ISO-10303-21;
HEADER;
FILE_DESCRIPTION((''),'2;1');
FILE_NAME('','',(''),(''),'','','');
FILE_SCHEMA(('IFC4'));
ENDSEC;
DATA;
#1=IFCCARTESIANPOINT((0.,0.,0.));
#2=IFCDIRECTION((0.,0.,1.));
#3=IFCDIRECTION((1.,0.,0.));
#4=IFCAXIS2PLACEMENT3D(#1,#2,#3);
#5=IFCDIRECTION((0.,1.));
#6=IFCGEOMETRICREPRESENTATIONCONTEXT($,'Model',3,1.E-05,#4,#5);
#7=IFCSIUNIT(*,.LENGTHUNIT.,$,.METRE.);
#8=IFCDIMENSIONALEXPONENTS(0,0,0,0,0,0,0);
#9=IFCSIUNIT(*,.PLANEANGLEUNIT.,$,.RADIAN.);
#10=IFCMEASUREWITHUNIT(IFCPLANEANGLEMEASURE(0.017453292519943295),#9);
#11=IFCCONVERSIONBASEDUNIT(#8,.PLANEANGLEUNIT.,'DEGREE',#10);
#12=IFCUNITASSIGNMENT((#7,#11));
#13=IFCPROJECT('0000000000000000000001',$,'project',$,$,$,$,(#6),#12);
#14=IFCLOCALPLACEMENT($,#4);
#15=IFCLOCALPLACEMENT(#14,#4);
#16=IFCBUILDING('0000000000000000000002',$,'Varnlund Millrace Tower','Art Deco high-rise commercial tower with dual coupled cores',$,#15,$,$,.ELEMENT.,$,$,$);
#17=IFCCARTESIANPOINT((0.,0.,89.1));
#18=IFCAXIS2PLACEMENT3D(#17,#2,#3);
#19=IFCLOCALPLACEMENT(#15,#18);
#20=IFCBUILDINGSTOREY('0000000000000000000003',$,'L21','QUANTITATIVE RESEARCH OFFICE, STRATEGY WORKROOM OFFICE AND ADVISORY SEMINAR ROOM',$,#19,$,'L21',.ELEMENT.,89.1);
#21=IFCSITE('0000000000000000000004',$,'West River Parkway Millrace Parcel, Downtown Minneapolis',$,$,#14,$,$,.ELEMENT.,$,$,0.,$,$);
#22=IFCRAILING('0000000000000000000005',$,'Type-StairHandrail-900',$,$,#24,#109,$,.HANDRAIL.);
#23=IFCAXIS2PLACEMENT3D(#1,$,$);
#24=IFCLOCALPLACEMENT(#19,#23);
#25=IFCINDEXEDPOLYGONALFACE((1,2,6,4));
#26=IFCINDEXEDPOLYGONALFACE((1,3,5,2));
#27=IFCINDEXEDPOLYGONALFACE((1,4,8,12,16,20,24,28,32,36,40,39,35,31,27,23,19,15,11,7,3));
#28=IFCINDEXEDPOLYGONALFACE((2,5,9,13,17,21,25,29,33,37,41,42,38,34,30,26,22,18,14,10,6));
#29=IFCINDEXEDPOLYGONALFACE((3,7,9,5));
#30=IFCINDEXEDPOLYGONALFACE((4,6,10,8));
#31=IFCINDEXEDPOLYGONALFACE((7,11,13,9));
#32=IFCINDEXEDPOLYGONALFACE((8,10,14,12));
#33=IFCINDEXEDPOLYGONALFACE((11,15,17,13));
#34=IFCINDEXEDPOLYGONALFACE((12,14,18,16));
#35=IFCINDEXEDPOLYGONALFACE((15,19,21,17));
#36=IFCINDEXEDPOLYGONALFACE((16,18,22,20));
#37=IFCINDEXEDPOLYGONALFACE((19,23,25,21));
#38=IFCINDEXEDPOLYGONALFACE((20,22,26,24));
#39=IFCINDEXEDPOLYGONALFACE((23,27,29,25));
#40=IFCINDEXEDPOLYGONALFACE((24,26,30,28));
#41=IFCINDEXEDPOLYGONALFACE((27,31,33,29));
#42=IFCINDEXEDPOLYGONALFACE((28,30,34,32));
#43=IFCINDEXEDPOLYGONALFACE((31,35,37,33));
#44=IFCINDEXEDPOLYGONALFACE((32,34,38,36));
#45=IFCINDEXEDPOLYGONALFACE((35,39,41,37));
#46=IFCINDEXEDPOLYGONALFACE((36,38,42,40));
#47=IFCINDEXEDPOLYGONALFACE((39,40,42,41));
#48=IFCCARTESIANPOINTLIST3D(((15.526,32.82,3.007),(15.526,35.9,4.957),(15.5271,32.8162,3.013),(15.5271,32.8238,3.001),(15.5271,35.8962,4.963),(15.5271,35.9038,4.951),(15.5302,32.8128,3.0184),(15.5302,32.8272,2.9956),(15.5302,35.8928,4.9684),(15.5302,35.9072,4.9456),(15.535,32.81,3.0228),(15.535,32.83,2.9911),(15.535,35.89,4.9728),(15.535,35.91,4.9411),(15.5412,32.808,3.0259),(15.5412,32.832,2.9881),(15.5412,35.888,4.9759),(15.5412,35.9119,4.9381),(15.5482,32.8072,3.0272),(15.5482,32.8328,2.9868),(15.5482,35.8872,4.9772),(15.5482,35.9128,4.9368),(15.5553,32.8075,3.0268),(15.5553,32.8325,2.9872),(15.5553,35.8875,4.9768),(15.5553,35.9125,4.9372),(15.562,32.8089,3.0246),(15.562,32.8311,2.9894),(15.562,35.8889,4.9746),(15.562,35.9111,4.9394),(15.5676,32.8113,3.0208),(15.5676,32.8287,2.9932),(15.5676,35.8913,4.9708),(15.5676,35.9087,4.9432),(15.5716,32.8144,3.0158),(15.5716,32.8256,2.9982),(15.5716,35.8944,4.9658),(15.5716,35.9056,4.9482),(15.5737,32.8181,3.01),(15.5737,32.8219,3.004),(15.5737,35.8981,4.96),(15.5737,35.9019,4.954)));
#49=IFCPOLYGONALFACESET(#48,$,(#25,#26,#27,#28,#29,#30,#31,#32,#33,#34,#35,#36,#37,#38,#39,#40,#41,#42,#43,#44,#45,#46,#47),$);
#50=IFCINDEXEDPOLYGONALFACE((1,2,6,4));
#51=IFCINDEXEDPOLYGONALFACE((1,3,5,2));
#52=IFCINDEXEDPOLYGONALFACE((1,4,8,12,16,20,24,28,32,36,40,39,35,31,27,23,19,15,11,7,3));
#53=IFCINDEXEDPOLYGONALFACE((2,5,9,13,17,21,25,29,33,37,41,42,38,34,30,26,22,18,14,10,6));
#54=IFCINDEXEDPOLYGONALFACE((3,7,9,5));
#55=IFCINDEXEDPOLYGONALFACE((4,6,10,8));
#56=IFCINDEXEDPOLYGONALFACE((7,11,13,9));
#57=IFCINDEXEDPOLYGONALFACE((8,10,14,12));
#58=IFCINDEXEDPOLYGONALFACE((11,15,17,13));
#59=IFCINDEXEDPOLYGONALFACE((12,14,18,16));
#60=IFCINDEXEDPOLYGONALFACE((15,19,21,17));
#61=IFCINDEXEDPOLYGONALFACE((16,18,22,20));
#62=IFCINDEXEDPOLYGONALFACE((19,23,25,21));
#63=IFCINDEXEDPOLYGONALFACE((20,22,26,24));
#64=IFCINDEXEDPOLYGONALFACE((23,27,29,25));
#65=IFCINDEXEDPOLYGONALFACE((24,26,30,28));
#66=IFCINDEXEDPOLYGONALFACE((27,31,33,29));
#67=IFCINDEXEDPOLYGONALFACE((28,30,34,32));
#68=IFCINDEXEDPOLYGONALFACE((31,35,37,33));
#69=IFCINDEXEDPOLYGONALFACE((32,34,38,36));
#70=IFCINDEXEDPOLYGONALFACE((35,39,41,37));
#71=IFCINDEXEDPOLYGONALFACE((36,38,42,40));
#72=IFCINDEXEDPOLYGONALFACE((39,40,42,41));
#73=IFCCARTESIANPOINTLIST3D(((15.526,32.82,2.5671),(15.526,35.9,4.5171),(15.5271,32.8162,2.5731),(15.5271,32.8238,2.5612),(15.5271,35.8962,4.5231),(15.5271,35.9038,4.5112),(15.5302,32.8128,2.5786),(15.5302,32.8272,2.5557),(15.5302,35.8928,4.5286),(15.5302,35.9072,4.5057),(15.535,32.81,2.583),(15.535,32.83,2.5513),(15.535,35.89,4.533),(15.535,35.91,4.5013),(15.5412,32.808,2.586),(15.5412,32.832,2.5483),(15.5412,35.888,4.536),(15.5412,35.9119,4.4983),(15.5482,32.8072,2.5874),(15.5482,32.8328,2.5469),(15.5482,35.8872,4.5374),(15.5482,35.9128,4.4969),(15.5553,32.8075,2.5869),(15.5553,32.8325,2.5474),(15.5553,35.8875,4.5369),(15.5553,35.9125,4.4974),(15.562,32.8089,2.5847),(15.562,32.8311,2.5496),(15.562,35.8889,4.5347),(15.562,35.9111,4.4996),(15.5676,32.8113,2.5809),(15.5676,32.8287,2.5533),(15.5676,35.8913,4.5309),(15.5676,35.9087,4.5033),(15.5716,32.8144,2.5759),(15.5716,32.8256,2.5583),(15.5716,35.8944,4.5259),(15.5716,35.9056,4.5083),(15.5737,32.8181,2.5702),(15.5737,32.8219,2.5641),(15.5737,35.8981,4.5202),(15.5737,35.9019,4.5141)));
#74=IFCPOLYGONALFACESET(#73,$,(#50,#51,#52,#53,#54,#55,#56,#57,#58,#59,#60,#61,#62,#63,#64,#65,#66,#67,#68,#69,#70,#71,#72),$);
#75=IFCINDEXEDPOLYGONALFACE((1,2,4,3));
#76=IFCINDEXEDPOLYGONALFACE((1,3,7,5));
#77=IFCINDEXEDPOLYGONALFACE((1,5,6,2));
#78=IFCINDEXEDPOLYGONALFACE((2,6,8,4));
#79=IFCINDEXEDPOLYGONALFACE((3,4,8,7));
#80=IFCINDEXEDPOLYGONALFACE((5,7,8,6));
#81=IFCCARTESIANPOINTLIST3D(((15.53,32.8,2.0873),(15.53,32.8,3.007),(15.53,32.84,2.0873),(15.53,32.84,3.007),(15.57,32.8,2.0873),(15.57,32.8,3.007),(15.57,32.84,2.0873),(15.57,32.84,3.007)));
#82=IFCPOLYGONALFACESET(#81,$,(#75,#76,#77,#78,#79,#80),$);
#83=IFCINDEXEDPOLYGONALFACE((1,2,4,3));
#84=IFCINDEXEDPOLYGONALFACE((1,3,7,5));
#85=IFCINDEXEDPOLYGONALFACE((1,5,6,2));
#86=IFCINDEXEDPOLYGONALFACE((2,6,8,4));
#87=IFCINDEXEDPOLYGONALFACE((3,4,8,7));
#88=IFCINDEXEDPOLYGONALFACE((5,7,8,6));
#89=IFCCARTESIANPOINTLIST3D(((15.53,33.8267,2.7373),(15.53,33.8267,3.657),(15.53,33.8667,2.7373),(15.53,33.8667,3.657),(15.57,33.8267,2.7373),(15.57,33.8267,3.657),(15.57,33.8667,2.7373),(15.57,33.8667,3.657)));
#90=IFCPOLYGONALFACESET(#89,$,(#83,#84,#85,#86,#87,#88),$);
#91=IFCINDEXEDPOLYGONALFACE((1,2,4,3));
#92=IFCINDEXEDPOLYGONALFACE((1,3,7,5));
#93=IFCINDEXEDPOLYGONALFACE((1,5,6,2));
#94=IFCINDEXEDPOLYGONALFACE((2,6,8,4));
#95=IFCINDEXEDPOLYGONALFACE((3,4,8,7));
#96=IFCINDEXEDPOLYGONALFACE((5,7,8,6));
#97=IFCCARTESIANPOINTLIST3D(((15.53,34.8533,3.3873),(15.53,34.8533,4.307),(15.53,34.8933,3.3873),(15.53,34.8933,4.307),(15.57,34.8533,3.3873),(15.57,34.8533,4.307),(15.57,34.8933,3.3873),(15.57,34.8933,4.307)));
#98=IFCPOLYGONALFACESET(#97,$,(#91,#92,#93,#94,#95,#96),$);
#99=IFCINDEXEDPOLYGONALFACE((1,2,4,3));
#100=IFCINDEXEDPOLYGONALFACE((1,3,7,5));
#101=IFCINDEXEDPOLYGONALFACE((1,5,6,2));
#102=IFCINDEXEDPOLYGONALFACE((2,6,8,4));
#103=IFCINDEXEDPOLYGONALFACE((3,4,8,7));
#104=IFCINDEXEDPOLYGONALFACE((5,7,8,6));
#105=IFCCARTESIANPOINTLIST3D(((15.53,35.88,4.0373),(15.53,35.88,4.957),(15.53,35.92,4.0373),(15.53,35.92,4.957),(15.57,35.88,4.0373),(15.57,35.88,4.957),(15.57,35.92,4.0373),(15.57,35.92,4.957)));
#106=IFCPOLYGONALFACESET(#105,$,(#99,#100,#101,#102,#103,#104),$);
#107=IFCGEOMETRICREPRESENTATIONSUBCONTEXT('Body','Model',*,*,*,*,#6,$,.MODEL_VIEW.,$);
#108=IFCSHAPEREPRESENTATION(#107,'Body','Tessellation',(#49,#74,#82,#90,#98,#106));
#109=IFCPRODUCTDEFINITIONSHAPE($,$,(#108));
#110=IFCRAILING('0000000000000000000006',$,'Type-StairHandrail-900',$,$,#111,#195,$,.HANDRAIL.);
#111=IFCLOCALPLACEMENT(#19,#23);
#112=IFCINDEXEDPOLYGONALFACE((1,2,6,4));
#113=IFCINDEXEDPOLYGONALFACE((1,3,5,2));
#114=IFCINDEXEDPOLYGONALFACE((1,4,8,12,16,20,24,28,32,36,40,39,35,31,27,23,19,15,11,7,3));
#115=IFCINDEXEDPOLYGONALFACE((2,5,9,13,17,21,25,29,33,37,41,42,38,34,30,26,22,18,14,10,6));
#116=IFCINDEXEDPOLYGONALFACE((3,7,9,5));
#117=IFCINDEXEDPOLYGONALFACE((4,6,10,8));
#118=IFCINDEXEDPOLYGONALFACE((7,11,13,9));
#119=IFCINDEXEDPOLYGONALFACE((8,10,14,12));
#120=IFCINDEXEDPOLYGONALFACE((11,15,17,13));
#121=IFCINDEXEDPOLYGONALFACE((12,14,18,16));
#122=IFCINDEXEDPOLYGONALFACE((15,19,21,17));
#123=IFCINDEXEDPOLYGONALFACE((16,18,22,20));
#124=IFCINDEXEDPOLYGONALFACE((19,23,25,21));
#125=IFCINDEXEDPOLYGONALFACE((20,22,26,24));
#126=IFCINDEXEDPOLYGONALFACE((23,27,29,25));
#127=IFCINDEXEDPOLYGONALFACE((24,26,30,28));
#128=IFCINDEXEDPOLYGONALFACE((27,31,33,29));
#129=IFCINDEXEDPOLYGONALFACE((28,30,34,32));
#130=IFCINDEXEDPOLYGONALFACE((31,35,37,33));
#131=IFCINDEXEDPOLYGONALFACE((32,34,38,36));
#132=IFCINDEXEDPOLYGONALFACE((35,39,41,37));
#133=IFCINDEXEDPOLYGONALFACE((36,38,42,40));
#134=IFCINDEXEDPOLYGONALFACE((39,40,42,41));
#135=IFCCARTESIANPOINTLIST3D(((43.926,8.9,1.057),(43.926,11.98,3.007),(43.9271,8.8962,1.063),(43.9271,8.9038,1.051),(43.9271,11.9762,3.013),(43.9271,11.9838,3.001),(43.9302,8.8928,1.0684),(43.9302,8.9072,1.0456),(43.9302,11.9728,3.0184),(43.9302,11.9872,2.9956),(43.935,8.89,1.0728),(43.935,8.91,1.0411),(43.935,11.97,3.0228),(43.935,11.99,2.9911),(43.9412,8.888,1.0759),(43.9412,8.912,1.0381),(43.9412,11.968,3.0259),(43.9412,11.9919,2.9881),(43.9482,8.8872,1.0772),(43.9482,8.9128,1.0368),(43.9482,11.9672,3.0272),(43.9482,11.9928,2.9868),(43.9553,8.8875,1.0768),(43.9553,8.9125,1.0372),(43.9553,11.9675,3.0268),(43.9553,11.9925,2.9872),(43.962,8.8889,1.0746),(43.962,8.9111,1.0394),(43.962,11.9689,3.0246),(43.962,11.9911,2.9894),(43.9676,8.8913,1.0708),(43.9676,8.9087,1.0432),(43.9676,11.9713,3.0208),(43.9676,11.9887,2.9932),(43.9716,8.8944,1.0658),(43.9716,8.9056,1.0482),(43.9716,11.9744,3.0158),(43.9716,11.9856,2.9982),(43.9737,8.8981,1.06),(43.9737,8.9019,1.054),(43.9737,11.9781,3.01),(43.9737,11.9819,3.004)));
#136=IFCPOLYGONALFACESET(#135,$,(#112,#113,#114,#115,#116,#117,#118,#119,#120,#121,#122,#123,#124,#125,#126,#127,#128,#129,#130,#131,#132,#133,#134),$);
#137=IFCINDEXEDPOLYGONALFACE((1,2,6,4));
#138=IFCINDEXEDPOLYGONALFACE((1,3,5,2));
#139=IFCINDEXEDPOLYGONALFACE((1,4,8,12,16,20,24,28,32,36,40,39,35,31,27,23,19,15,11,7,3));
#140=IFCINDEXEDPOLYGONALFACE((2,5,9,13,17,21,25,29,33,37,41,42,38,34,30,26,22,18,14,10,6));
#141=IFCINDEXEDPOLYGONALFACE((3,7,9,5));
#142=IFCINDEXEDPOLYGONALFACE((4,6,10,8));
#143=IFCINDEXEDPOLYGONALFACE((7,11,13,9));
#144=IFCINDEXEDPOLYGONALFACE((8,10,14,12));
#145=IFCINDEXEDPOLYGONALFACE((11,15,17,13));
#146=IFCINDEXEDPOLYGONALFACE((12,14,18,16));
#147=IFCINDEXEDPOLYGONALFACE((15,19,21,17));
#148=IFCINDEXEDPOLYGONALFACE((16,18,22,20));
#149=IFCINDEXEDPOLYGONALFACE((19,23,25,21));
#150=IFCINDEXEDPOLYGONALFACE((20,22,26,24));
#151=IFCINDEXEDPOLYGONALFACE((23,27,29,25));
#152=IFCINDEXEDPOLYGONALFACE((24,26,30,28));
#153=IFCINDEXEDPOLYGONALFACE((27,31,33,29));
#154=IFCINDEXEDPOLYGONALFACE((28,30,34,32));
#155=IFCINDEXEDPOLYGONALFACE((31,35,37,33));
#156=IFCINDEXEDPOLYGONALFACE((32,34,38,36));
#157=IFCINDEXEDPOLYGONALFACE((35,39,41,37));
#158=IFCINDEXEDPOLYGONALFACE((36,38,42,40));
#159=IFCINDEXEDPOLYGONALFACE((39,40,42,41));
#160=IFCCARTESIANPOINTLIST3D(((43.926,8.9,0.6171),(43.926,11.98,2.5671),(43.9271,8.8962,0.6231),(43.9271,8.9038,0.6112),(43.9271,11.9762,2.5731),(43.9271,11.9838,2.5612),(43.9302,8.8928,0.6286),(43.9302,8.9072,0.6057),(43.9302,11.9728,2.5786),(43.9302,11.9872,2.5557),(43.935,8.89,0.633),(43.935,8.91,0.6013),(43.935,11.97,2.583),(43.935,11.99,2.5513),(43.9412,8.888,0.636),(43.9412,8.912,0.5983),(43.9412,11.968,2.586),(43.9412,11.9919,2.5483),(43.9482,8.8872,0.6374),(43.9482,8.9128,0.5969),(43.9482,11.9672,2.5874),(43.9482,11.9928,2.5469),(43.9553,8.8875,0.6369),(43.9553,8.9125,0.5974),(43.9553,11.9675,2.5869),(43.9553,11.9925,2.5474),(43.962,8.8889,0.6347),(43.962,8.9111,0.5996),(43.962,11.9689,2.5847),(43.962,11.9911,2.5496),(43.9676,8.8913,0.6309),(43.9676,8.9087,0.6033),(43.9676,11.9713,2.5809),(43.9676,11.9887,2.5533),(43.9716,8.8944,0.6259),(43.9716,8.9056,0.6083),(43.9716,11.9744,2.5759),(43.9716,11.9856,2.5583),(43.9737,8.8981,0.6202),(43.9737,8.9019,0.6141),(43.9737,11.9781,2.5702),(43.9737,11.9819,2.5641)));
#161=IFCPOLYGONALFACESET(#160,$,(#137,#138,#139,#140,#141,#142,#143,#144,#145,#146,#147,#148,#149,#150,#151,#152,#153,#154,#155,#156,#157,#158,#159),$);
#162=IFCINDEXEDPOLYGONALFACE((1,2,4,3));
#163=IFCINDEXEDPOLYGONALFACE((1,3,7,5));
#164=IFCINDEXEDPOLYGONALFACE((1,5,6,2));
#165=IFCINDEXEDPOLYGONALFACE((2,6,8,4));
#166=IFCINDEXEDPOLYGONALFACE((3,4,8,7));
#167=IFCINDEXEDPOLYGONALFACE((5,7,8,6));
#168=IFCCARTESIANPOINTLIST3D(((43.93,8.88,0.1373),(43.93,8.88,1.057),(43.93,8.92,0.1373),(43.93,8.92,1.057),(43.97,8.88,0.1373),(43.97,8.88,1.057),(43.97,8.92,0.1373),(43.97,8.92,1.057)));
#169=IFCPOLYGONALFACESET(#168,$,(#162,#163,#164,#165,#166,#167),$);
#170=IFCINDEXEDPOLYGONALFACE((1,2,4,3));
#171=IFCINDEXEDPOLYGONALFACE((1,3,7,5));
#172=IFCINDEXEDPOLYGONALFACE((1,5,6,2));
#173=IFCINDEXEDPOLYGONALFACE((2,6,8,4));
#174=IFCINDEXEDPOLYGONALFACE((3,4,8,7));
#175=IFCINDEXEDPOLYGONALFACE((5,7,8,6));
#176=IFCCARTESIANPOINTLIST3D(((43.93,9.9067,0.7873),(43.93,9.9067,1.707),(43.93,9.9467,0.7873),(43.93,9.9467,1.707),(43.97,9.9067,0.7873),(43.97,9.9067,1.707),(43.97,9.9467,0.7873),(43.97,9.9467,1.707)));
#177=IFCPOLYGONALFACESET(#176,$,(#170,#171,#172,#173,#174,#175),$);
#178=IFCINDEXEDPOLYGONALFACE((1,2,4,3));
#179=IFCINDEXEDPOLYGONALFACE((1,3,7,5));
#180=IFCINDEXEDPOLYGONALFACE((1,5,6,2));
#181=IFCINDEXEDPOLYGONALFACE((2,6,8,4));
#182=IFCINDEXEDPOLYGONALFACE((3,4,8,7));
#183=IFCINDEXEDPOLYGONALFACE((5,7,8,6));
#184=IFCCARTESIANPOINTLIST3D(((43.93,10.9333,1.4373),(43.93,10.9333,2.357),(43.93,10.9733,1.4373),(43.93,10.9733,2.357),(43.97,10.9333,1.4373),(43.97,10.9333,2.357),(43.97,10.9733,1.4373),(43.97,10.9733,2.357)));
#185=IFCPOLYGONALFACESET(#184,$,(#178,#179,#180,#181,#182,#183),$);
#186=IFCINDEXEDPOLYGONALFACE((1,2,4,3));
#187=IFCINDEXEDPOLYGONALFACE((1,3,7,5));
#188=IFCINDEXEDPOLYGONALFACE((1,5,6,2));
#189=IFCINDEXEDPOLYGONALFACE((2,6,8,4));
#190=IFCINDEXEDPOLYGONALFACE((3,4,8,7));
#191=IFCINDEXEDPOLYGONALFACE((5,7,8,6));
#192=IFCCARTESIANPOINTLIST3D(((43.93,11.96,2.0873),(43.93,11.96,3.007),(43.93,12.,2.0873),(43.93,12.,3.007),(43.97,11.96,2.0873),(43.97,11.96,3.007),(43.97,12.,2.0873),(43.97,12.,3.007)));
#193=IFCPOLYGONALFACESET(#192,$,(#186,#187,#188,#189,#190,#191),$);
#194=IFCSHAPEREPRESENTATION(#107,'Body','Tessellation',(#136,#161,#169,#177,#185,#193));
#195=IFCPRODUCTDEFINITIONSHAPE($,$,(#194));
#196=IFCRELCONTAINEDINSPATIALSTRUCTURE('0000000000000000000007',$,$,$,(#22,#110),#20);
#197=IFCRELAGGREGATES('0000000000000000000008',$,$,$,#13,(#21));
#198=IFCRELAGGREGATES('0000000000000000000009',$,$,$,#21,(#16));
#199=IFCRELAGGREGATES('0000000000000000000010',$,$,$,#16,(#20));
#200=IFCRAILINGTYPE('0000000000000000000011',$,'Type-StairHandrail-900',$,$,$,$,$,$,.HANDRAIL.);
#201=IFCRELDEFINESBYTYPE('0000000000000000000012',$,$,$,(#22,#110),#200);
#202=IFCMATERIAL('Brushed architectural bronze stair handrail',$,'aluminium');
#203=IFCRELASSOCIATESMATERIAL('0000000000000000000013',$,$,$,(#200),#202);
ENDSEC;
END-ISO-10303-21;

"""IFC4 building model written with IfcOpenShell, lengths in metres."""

from ifc_helpers import new_model, entity, si_unit, converted_unit, direction, frame, origin_with_axes, origin_2d_with_axis, place, context, subcontext, project, spatial, rectangle, circle, extrude, material, type_object, element, save


model = new_model("IFC4")

# Units and contexts
model_context = context("Model", 3, precision=1e-05, world=origin_with_axes(), true_north=direction((0.0, 1.0)))
body_context = subcontext(model_context, "Body", "Model", "MODEL_VIEW")
ifc_project = project(units=[si_unit("LENGTHUNIT", "METRE"), converted_unit("PLANEANGLEUNIT", "DEGREE", entity("IfcPlaneAngleMeasure", 0.017453292519943295), si_unit("PLANEANGLEUNIT", "RADIAN"), dimensions=[0, 0, 0, 0, 0, 0, 0])], contexts=[model_context])

# Site, building, storey
site_placement = place(None, origin_with_axes())
site = spatial("IfcSite", under=ifc_project, at=site_placement, Name="West River Parkway Millrace Parcel, Downtown Minneapolis", CompositionType="ELEMENT", RefElevation=0.0)
building_placement = place(site_placement, origin_with_axes())
building = spatial("IfcBuilding", under=site, at=building_placement, Name="Varnlund Millrace Tower", Description="Art Deco high-rise commercial tower with dual coupled cores", CompositionType="ELEMENT")
storey_placement = place(building_placement, frame((0.0, 0.0, 89.1), z_axis=(0.0, 0.0, 1.0), x_axis=(1.0, 0.0, 0.0)))
storey = spatial("IfcBuildingStorey", under=building, at=storey_placement, Name="L21", Description="QUANTITATIVE RESEARCH OFFICE, STRATEGY WORKROOM OFFICE AND ADVISORY SEMINAR ROOM", LongName="L21", CompositionType="ELEMENT", Elevation=89.1)

# Railings
ifc_material_1 = material(Name="Brushed architectural bronze stair handrail", Category="aluminium")
railing_type_1 = type_object("IfcRailingType", Name="Type-StairHandrail-900", PredefinedType="HANDRAIL", material=ifc_material_1)
railing_1_placement = place(storey_placement, frame((0.0, 0.0, -89.1), z_axis=(0.0, 0.0, 1.0), x_axis=(1.0, 0.0, 0.0)))
element("IfcRailing", 1, at=railing_1_placement, inside=storey, type_object=railing_type_1, Name="Type-StairHandrail-900", PredefinedType="HANDRAIL", context=body_context, shape_type="SweptSolid", body=[
    extrude(circle(Radius=0.024, at=origin_2d_with_axis()), frame((15.55, 32.82, 92.107), z_axis=(0.0, 0.844902, 0.534922), x_axis=(-1.0, 0.0, 0.0)), (0.0, 0.0, 1.0), 3.6454),
    extrude(circle(Radius=0.024, at=origin_2d_with_axis()), frame((15.55, 32.82, 91.6671), z_axis=(0.0, 0.844902, 0.534922), x_axis=(-1.0, 0.0, 0.0)), (0.0, 0.0, 1.0), 3.6454),
    extrude(rectangle(XDim=0.04, YDim=0.04, at=origin_2d_with_axis()), frame((15.55, 32.82, 91.1873), z_axis=(0.0, 0.0, 1.0), x_axis=(1.0, 0.0, 0.0)), (0.0, 0.0, 1.0), 0.9197),
    extrude(rectangle(XDim=0.04, YDim=0.04, at=origin_2d_with_axis()), frame((15.55, 33.8467, 91.8373), z_axis=(0.0, 0.0, 1.0), x_axis=(1.0, 0.0, 0.0)), (0.0, 0.0, 1.0), 0.9197),
    extrude(rectangle(XDim=0.04, YDim=0.04, at=origin_2d_with_axis()), frame((15.55, 34.8733, 92.4873), z_axis=(0.0, 0.0, 1.0), x_axis=(1.0, 0.0, 0.0)), (0.0, 0.0, 1.0), 0.9197),
    extrude(rectangle(XDim=0.04, YDim=0.04, at=origin_2d_with_axis()), frame((15.55, 35.9, 93.1373), z_axis=(0.0, 0.0, 1.0), x_axis=(1.0, 0.0, 0.0)), (0.0, 0.0, 1.0), 0.9197),
])
railing_2_placement = place(storey_placement, frame((0.0, 0.0, -89.1), z_axis=(0.0, 0.0, 1.0), x_axis=(1.0, 0.0, 0.0)))
element("IfcRailing", 2, at=railing_2_placement, inside=storey, type_object=railing_type_1, Name="Type-StairHandrail-900", PredefinedType="HANDRAIL", context=body_context, shape_type="SweptSolid", body=[
    extrude(circle(Radius=0.024, at=origin_2d_with_axis()), frame((43.95, 8.9, 90.157), z_axis=(0.0, 0.844902, 0.534922), x_axis=(-1.0, 0.0, 0.0)), (0.0, 0.0, 1.0), 3.6454),
    extrude(circle(Radius=0.024, at=origin_2d_with_axis()), frame((43.95, 8.9, 89.7171), z_axis=(0.0, 0.844902, 0.534922), x_axis=(-1.0, 0.0, 0.0)), (0.0, 0.0, 1.0), 3.6454),
    extrude(rectangle(XDim=0.04, YDim=0.04, at=origin_2d_with_axis()), frame((43.95, 8.9, 89.2373), z_axis=(0.0, 0.0, 1.0), x_axis=(1.0, 0.0, 0.0)), (0.0, 0.0, 1.0), 0.9197),
    extrude(rectangle(XDim=0.04, YDim=0.04, at=origin_2d_with_axis()), frame((43.95, 9.9267, 89.8873), z_axis=(0.0, 0.0, 1.0), x_axis=(1.0, 0.0, 0.0)), (0.0, 0.0, 1.0), 0.9197),
    extrude(rectangle(XDim=0.04, YDim=0.04, at=origin_2d_with_axis()), frame((43.95, 10.9533, 90.5373), z_axis=(0.0, 0.0, 1.0), x_axis=(1.0, 0.0, 0.0)), (0.0, 0.0, 1.0), 0.9197),
    extrude(rectangle(XDim=0.04, YDim=0.04, at=origin_2d_with_axis()), frame((43.95, 11.98, 91.1873), z_axis=(0.0, 0.0, 1.0), x_axis=(1.0, 0.0, 0.0)), (0.0, 0.0, 1.0), 0.9197),
])

save(model, "model.ifc")
